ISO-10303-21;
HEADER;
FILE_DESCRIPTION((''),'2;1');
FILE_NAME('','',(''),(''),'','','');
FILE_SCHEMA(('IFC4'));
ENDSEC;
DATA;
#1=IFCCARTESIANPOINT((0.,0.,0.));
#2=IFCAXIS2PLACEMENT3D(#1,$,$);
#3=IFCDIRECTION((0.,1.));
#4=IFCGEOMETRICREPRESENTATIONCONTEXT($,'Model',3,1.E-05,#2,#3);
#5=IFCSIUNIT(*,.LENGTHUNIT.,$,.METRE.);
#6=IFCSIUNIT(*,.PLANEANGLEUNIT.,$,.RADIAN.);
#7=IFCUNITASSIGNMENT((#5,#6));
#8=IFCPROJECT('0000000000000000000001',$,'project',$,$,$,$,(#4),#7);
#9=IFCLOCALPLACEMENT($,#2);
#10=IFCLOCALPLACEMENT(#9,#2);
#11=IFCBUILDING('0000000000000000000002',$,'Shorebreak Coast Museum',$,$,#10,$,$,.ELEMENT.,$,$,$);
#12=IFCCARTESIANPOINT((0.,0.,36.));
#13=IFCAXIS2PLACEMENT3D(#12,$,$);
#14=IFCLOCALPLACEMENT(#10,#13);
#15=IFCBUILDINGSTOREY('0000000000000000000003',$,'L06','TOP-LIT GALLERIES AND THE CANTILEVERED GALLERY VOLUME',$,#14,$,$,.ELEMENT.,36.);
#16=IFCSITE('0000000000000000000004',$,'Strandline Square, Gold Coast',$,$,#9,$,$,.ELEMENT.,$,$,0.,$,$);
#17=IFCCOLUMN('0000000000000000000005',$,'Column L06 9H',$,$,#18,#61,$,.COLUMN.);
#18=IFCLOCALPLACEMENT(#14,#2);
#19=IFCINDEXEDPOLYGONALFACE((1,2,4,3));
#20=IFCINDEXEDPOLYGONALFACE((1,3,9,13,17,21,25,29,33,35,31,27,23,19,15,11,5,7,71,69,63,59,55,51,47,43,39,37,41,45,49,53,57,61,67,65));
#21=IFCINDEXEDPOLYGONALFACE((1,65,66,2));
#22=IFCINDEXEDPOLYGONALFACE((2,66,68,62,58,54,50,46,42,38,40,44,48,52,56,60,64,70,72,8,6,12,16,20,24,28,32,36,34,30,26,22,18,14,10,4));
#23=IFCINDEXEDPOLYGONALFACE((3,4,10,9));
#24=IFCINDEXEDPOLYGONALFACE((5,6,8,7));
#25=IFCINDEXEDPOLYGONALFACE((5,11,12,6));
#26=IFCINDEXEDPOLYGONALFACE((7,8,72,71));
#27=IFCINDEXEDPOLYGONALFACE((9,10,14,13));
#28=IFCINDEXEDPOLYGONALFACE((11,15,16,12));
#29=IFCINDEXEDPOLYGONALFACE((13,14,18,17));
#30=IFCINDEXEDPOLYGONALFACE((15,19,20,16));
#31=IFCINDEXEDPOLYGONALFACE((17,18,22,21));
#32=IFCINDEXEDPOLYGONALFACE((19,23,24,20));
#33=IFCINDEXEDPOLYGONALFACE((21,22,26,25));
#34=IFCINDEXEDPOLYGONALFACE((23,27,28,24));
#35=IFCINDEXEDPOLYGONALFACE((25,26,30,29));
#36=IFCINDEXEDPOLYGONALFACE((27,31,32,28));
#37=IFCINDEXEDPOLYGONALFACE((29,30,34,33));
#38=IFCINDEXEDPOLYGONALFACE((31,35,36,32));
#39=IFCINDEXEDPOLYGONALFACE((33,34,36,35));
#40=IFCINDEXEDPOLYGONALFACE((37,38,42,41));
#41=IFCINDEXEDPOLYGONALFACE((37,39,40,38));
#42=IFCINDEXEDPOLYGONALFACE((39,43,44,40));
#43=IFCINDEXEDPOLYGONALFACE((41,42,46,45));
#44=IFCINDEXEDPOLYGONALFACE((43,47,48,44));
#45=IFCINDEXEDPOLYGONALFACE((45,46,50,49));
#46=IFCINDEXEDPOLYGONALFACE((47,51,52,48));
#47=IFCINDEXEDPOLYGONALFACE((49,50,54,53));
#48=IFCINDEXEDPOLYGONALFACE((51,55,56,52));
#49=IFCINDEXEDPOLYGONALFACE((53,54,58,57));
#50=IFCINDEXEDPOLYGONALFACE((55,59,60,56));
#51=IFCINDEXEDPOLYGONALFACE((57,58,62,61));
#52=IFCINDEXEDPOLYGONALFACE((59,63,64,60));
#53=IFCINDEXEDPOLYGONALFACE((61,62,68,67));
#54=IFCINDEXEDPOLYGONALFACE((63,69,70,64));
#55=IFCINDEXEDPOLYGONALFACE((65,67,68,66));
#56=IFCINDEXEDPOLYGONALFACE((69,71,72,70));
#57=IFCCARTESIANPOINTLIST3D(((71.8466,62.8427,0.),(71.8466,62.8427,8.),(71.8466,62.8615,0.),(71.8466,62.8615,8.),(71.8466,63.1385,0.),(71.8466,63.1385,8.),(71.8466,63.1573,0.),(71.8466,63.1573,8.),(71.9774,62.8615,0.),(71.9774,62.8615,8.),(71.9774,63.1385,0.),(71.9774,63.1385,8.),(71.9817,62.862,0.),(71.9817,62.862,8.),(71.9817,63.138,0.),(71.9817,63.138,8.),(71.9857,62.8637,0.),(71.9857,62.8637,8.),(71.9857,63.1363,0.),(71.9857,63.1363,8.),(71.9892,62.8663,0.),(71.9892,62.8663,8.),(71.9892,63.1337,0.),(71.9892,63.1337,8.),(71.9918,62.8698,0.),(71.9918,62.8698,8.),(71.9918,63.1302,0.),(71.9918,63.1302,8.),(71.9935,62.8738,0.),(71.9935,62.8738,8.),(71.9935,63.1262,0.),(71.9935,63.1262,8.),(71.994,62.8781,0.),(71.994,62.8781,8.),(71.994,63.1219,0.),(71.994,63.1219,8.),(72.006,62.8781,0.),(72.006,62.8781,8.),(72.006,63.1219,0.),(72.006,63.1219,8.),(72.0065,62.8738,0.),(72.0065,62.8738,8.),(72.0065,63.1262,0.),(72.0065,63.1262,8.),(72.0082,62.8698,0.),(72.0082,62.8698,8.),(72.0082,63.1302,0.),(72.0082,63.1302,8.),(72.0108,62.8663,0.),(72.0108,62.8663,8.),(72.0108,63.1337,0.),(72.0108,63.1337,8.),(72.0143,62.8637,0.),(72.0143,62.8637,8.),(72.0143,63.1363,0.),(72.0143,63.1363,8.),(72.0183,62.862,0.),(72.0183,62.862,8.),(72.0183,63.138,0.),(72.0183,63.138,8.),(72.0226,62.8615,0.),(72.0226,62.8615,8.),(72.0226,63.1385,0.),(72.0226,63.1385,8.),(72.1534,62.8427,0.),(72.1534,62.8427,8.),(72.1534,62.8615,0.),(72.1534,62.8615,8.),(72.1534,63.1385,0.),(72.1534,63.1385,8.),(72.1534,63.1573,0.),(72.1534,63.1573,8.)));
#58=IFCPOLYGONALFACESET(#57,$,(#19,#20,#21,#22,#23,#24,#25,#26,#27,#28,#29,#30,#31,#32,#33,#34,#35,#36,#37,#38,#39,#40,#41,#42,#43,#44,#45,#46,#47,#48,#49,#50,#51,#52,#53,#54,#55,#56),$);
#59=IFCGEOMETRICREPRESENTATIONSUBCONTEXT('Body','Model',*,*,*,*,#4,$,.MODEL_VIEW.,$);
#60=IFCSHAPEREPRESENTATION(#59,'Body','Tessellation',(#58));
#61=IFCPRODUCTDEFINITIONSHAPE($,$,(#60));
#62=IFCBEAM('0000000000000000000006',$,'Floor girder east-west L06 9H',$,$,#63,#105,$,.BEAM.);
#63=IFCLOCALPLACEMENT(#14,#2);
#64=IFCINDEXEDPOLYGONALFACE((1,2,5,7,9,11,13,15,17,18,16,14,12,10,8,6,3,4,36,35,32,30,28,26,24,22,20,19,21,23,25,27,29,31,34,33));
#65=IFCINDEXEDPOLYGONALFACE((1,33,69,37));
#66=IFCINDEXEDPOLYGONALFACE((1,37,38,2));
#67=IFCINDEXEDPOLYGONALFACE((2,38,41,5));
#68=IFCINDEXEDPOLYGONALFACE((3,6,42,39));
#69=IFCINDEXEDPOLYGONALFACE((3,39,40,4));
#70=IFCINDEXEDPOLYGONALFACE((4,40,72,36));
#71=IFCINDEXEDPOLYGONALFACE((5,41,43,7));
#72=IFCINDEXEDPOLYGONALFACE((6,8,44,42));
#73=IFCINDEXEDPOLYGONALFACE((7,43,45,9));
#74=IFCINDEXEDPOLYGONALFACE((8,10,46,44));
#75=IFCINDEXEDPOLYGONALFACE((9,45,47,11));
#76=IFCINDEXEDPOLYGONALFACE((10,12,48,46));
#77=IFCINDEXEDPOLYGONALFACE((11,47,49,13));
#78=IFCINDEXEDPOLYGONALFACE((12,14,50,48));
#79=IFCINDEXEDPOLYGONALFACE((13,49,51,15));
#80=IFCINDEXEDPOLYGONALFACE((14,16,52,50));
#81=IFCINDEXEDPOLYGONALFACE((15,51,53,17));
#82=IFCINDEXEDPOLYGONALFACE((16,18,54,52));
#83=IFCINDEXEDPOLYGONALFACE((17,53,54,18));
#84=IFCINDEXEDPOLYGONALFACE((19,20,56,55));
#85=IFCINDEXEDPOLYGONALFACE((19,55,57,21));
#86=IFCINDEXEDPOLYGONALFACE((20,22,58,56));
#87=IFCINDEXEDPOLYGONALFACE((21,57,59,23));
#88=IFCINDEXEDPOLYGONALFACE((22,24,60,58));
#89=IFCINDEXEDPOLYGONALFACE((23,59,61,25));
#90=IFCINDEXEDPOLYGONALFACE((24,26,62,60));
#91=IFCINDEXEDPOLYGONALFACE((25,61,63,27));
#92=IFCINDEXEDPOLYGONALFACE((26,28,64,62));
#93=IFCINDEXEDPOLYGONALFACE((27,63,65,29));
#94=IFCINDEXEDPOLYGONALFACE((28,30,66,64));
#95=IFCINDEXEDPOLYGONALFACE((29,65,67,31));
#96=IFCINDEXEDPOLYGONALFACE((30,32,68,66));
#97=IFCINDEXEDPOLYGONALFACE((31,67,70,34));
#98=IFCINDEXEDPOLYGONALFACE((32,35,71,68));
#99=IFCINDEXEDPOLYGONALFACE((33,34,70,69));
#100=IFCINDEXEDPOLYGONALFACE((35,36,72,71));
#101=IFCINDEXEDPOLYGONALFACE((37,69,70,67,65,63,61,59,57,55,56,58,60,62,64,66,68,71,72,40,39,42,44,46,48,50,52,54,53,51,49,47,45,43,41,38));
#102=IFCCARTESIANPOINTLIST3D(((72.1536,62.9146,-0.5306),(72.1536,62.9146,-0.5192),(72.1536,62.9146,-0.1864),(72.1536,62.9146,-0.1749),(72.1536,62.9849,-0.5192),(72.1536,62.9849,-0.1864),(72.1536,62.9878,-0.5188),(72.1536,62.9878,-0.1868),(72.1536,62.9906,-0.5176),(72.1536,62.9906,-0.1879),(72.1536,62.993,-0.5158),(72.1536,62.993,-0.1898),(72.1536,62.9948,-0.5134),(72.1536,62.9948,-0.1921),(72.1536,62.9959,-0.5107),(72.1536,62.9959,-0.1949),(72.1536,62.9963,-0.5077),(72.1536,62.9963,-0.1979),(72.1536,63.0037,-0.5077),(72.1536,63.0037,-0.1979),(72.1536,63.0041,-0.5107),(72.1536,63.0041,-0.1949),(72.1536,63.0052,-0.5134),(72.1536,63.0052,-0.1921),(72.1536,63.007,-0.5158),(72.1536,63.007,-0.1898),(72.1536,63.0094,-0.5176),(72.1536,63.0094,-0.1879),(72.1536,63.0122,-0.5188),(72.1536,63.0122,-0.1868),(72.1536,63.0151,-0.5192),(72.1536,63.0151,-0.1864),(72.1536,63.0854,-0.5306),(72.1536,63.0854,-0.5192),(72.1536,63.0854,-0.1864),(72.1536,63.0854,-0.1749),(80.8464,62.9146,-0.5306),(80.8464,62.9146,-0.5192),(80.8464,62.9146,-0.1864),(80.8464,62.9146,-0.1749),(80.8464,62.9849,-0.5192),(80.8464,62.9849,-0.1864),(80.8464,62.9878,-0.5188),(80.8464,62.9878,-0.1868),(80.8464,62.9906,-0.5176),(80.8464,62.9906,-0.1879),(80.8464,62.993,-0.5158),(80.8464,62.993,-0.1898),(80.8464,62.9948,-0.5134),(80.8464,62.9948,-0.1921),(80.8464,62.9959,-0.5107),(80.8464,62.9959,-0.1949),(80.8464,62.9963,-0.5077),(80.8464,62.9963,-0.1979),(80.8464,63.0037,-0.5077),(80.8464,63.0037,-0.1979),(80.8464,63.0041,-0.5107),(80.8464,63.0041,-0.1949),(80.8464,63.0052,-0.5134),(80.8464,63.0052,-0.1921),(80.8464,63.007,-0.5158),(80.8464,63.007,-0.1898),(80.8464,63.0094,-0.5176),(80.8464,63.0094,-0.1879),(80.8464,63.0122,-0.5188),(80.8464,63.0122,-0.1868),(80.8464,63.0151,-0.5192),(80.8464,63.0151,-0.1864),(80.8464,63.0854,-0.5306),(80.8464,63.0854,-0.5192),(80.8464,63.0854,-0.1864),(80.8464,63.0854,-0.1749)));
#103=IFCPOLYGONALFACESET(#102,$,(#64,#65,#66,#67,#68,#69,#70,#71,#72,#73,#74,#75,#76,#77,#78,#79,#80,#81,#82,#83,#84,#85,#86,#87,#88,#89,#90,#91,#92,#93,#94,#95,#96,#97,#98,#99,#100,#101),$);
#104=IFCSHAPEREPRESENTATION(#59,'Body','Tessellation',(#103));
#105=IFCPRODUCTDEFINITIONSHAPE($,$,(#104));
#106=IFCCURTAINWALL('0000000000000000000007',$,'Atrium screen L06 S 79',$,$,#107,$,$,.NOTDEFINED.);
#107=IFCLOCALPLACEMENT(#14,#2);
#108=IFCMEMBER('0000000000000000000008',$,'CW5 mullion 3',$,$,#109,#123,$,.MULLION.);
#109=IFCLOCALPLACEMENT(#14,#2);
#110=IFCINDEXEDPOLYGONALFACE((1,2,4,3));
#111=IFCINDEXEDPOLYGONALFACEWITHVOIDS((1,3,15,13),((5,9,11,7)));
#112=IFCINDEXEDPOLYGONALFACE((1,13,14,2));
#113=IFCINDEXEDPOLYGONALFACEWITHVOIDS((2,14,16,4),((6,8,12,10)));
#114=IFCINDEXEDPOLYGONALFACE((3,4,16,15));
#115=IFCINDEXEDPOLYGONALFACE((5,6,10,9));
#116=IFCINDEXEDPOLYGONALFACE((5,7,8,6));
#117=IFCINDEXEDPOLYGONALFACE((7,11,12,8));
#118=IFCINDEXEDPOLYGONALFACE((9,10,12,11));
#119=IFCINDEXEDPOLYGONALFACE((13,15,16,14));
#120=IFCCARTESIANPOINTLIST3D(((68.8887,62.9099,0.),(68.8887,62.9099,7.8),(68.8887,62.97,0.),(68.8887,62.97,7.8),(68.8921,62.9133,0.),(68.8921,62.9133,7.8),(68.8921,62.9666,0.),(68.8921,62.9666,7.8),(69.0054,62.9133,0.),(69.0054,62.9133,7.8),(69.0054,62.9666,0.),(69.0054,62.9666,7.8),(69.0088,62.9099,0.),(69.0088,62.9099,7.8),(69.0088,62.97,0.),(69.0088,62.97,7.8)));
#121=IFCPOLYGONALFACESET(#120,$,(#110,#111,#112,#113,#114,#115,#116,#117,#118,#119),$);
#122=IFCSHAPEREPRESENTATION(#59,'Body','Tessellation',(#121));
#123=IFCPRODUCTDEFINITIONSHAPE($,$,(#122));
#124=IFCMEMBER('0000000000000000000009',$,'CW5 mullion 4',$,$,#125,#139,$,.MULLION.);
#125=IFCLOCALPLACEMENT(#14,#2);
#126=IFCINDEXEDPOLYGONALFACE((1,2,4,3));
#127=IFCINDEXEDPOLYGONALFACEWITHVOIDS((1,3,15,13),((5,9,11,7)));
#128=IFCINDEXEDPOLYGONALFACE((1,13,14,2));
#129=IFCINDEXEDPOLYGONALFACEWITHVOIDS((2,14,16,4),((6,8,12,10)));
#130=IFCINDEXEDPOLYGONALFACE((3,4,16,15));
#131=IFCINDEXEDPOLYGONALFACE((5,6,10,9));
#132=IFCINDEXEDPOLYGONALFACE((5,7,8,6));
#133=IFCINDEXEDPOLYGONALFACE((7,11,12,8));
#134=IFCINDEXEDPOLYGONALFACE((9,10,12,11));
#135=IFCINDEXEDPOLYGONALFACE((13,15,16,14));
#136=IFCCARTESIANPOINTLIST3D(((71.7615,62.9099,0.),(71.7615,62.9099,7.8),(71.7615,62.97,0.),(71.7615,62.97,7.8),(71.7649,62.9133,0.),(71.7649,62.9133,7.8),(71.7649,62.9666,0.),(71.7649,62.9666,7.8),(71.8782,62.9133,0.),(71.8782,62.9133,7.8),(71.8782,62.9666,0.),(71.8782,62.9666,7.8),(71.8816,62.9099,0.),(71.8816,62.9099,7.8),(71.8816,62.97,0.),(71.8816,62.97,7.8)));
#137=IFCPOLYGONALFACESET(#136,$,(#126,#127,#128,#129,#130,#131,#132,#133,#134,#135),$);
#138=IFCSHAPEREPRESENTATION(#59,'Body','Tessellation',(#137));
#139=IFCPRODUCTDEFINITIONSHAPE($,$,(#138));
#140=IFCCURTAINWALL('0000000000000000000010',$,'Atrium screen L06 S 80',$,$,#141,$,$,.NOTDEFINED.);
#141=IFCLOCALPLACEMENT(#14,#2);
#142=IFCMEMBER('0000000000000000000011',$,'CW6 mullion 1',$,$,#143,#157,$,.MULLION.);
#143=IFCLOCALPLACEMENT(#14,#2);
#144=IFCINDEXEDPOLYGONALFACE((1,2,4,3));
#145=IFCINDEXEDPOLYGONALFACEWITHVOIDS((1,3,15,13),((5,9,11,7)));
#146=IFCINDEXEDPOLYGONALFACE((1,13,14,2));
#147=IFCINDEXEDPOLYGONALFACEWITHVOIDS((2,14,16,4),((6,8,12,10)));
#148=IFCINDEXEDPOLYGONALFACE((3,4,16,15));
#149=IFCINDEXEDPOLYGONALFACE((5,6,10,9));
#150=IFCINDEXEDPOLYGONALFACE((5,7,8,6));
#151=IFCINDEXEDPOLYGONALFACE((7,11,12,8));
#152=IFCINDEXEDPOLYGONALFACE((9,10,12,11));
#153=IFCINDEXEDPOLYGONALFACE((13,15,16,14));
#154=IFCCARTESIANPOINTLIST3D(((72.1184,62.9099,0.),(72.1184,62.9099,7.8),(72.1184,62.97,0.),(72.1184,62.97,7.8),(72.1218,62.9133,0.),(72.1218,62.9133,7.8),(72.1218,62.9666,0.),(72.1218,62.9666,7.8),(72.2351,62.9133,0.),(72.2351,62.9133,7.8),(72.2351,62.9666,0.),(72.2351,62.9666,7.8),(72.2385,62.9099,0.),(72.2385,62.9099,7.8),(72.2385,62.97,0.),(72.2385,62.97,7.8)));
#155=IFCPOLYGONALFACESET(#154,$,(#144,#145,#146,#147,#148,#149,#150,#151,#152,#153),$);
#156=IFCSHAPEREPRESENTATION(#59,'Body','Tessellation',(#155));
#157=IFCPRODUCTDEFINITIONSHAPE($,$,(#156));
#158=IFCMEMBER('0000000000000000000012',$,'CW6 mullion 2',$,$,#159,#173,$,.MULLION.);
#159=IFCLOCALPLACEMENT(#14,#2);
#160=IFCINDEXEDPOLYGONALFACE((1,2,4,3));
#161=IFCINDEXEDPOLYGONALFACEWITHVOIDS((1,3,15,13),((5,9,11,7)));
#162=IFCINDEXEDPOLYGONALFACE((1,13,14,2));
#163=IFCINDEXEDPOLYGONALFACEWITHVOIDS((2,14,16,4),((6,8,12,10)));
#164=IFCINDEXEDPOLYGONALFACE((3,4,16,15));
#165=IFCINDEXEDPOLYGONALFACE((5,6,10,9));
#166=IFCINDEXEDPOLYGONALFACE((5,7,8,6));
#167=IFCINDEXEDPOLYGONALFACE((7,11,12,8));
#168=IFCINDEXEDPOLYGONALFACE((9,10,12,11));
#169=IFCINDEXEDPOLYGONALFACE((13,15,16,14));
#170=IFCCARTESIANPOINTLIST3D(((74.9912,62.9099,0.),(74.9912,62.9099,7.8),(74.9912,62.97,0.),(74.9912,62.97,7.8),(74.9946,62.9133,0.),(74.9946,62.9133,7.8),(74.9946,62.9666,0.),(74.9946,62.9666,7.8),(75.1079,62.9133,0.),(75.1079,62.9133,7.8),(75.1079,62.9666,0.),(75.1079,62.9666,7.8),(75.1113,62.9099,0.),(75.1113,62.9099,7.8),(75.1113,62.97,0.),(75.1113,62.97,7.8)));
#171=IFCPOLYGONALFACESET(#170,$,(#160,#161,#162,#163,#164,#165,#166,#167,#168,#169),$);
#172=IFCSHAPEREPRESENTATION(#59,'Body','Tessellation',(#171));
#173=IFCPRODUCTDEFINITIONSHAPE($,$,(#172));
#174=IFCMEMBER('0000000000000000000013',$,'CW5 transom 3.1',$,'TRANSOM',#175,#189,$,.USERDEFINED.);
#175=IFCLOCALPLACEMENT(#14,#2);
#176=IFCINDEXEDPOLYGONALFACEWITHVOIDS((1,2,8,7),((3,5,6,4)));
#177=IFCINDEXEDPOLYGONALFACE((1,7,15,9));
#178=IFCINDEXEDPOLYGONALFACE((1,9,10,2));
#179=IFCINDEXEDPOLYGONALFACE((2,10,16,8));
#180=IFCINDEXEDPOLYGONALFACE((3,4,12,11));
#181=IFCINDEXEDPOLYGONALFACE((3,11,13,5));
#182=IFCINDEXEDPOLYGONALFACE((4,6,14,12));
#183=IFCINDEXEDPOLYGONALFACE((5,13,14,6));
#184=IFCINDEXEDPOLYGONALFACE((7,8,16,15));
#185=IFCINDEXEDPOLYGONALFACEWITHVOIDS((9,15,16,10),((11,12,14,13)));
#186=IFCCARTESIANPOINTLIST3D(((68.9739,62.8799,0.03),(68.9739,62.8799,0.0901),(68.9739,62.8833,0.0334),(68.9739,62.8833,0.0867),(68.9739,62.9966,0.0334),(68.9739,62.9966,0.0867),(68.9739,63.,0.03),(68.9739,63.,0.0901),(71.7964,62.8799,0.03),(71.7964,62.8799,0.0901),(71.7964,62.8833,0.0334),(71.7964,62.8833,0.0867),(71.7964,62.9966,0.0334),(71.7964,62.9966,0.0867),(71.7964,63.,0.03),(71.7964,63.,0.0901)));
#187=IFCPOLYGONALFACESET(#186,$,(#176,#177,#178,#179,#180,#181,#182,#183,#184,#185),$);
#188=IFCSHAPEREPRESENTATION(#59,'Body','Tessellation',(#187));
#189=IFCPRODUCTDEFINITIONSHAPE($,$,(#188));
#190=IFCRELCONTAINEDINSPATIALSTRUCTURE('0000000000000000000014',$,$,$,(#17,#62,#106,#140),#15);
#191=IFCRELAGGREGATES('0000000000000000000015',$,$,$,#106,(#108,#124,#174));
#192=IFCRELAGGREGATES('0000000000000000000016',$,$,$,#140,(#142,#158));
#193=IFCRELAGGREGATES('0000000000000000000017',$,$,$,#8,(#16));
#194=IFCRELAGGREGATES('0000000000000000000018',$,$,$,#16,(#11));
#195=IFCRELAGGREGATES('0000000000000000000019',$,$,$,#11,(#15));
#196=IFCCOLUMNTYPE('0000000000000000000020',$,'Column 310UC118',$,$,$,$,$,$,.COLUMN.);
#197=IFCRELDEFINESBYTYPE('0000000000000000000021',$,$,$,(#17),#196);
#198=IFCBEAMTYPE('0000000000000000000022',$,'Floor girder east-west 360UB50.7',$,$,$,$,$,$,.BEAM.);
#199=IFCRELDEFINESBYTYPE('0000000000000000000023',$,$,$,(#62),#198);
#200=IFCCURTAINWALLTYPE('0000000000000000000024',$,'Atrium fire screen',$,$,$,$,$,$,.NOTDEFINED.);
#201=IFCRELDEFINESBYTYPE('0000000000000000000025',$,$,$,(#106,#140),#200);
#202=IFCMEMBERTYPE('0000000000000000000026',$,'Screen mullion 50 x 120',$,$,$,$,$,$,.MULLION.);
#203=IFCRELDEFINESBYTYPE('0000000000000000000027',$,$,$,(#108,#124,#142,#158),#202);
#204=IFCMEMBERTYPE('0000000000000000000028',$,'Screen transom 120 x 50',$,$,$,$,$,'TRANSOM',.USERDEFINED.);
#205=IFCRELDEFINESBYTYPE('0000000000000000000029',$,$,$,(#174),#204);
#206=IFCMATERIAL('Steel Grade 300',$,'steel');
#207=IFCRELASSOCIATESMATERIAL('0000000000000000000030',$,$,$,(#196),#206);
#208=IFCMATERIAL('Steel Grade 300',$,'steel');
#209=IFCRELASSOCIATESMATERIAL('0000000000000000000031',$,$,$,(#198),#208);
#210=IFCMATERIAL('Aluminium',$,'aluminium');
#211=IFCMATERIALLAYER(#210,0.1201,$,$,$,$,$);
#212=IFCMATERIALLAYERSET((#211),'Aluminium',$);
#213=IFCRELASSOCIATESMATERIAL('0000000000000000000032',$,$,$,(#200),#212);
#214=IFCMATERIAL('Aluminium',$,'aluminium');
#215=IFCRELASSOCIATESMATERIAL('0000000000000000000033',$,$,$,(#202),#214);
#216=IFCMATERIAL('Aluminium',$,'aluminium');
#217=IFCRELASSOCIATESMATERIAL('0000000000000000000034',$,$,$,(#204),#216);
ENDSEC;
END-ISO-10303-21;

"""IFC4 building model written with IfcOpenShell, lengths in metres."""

from ifc_helpers import new_model, si_unit, direction, frame, origin, origin_2d, place, context, subcontext, project, spatial, hollow_rectangle, i_section, extrude, material, layer, layer_set, material_profile, profile_set, type_object, element, aggregate, save


model = new_model("IFC4")

# Units and contexts
model_context = context("Model", 3, precision=1e-05, world=origin(), true_north=direction((0.0, 1.0)))
body_context = subcontext(model_context, "Body", "Model", "MODEL_VIEW")
ifc_project = project(units=[si_unit("LENGTHUNIT", "METRE"), si_unit("PLANEANGLEUNIT", "RADIAN")], contexts=[model_context])

# Site, building, storey
site_placement = place(None, origin())
site = spatial("IfcSite", under=ifc_project, at=site_placement, Name="Strandline Square, Gold Coast", CompositionType="ELEMENT", RefElevation=0.0)
building_placement = place(site_placement, origin())
building = spatial("IfcBuilding", under=site, at=building_placement, Name="Shorebreak Coast Museum", CompositionType="ELEMENT")
storey_placement = place(building_placement, frame((0.0, 0.0, 36.0)))
storey = spatial("IfcBuildingStorey", under=building, at=storey_placement, Name="L06", Description="TOP-LIT GALLERIES AND THE CANTILEVERED GALLERY VOLUME", CompositionType="ELEMENT", Elevation=36.0)

# Column
ifc_material_1 = material(Name="Steel Grade 300", Category="steel")
ifc_material_profile_1 = material_profile(ifc_material_1, i_section(OverallWidth=0.3069, OverallDepth=0.3147, WebThickness=0.012, FlangeThickness=0.0188, FilletRadius=0.0166, at=origin_2d()), Name="310UC118")
ifc_profile_set_1 = profile_set([ifc_material_profile_1], Name="Steel Grade 300")
column_type = type_object("IfcColumnType", Name="Column 310UC118", PredefinedType="COLUMN", material=ifc_profile_set_1)
column_placement = place(storey_placement, frame((72.0, 63.0, 0.0), z_axis=(0.0, 0.0, 1.0), x_axis=(1.0, 0.0, 0.0)))
element("IfcColumn", 1, at=column_placement, inside=storey, type_object=column_type, Name="Column L06 9H", PredefinedType="COLUMN", context=body_context, shape_type="SweptSolid", body=[
    extrude(i_section(OverallWidth=0.3069, OverallDepth=0.3147, WebThickness=0.012, FlangeThickness=0.0188, FilletRadius=0.0166, at=origin_2d()), origin(), (0.0, 0.0, 1.0), 8.0),
])

# Beam
ifc_material_2 = material(Name="Steel Grade 300", Category="steel")
ifc_material_profile_2 = material_profile(ifc_material_2, i_section(OverallWidth=0.1709, OverallDepth=0.3557, WebThickness=0.0073, FlangeThickness=0.0115, FilletRadius=0.0115, at=origin_2d()), Name="360UB50.7")
ifc_profile_set_2 = profile_set([ifc_material_profile_2], Name="Steel Grade 300")
beam_type = type_object("IfcBeamType", Name="Floor girder east-west 360UB50.7", PredefinedType="BEAM", material=ifc_profile_set_2)
beam_placement = place(storey_placement, frame((72.1536, 63.0, -0.3528), z_axis=(1.0, 0.0, 0.0), x_axis=(0.0, 1.0, 0.0)))
element("IfcBeam", 2, at=beam_placement, inside=storey, type_object=beam_type, Name="Floor girder east-west L06 9H", PredefinedType="BEAM", context=body_context, shape_type="SweptSolid", body=[
    extrude(i_section(OverallWidth=0.1709, OverallDepth=0.3557, WebThickness=0.0073, FlangeThickness=0.0115, FilletRadius=0.0115, at=origin_2d()), origin(), (0.0, 0.0, 1.0), 8.6929),
])

# Curtain walls, members
ifc_material_3 = material(Name="Aluminium", Category="aluminium")
ifc_layer_1 = layer(ifc_material_3, 0.1201)
ifc_layer_set_1 = layer_set([ifc_layer_1], Name="Aluminium")
curtain_wall_type = type_object("IfcCurtainWallType", Name="Atrium fire screen", PredefinedType="NOTDEFINED", material=ifc_layer_set_1)
curtain_wall_1_placement = place(storey_placement, origin())
curtain_wall_1 = element("IfcCurtainWall", 3, at=curtain_wall_1_placement, inside=storey, type_object=curtain_wall_type, Name="Atrium screen L06 S 79", PredefinedType="NOTDEFINED")
ifc_material_4 = material(Name="Aluminium", Category="aluminium")
ifc_material_profile_3 = material_profile(ifc_material_4, hollow_rectangle(XDim=0.0601, YDim=0.1201, WallThickness=0.0034, at=origin_2d()), Name="AL 120x60 RHS")
ifc_profile_set_3 = profile_set([ifc_material_profile_3], Name="Aluminium")
member_type_1 = type_object("IfcMemberType", Name="Screen mullion 50 x 120", PredefinedType="MULLION", material=ifc_profile_set_3)
member_1_placement = place(storey_placement, frame((68.9487, 62.9399, 0.0), z_axis=(0.0, 0.0, 1.0), x_axis=(0.0, 1.0, 0.0)))
member_1 = element("IfcMember", 4, at=member_1_placement, type_object=member_type_1, Name="CW5 mullion 3", PredefinedType="MULLION", context=body_context, shape_type="SweptSolid", body=[
    extrude(hollow_rectangle(XDim=0.0601, YDim=0.1201, WallThickness=0.0034, at=origin_2d()), origin(), (0.0, 0.0, 1.0), 7.8),
])
member_2_placement = place(storey_placement, frame((71.8215, 62.9399, 0.0), z_axis=(0.0, 0.0, 1.0), x_axis=(0.0, 1.0, 0.0)))
member_2 = element("IfcMember", 5, at=member_2_placement, type_object=member_type_1, Name="CW5 mullion 4", PredefinedType="MULLION", context=body_context, shape_type="SweptSolid", body=[
    extrude(hollow_rectangle(XDim=0.0601, YDim=0.1201, WallThickness=0.0034, at=origin_2d()), origin(), (0.0, 0.0, 1.0), 7.8),
])
curtain_wall_2_placement = place(storey_placement, origin())
curtain_wall_2 = element("IfcCurtainWall", 6, at=curtain_wall_2_placement, inside=storey, type_object=curtain_wall_type, Name="Atrium screen L06 S 80", PredefinedType="NOTDEFINED")
member_3_placement = place(storey_placement, frame((72.1785, 62.9399, 0.0), z_axis=(0.0, 0.0, 1.0), x_axis=(0.0, 1.0, 0.0)))
member_3 = element("IfcMember", 7, at=member_3_placement, type_object=member_type_1, Name="CW6 mullion 1", PredefinedType="MULLION", context=body_context, shape_type="SweptSolid", body=[
    extrude(hollow_rectangle(XDim=0.0601, YDim=0.1201, WallThickness=0.0034, at=origin_2d()), origin(), (0.0, 0.0, 1.0), 7.8),
])
member_4_placement = place(storey_placement, frame((75.0513, 62.9399, 0.0), z_axis=(0.0, 0.0, 1.0), x_axis=(0.0, 1.0, 0.0)))
member_4 = element("IfcMember", 8, at=member_4_placement, type_object=member_type_1, Name="CW6 mullion 2", PredefinedType="MULLION", context=body_context, shape_type="SweptSolid", body=[
    extrude(hollow_rectangle(XDim=0.0601, YDim=0.1201, WallThickness=0.0034, at=origin_2d()), origin(), (0.0, 0.0, 1.0), 7.8),
])

# Member
ifc_material_5 = material(Name="Aluminium", Category="aluminium")
ifc_material_profile_4 = material_profile(ifc_material_5, hollow_rectangle(XDim=0.1201, YDim=0.0601, WallThickness=0.0034, at=origin_2d()), Name="AL 60x120 RHS")
ifc_profile_set_4 = profile_set([ifc_material_profile_4], Name="Aluminium")
member_type_2 = type_object("IfcMemberType", Name="Screen transom 120 x 50", ElementType="TRANSOM", PredefinedType="USERDEFINED", material=ifc_profile_set_4)
member_5_placement = place(storey_placement, frame((68.9739, 62.9399, 0.0601), z_axis=(1.0, 0.0, 0.0), x_axis=(0.0, 1.0, 0.0)))
member_5 = element("IfcMember", 9, at=member_5_placement, type_object=member_type_2, Name="CW5 transom 3.1", ObjectType="TRANSOM", PredefinedType="USERDEFINED", context=body_context, shape_type="SweptSolid", body=[
    extrude(hollow_rectangle(XDim=0.1201, YDim=0.0601, WallThickness=0.0034, at=origin_2d()), origin(), (0.0, 0.0, 1.0), 2.8225),
])

aggregate(curtain_wall_1, [member_1, member_2, member_5])
aggregate(curtain_wall_2, [member_3, member_4])

save(model, "model.ifc")
